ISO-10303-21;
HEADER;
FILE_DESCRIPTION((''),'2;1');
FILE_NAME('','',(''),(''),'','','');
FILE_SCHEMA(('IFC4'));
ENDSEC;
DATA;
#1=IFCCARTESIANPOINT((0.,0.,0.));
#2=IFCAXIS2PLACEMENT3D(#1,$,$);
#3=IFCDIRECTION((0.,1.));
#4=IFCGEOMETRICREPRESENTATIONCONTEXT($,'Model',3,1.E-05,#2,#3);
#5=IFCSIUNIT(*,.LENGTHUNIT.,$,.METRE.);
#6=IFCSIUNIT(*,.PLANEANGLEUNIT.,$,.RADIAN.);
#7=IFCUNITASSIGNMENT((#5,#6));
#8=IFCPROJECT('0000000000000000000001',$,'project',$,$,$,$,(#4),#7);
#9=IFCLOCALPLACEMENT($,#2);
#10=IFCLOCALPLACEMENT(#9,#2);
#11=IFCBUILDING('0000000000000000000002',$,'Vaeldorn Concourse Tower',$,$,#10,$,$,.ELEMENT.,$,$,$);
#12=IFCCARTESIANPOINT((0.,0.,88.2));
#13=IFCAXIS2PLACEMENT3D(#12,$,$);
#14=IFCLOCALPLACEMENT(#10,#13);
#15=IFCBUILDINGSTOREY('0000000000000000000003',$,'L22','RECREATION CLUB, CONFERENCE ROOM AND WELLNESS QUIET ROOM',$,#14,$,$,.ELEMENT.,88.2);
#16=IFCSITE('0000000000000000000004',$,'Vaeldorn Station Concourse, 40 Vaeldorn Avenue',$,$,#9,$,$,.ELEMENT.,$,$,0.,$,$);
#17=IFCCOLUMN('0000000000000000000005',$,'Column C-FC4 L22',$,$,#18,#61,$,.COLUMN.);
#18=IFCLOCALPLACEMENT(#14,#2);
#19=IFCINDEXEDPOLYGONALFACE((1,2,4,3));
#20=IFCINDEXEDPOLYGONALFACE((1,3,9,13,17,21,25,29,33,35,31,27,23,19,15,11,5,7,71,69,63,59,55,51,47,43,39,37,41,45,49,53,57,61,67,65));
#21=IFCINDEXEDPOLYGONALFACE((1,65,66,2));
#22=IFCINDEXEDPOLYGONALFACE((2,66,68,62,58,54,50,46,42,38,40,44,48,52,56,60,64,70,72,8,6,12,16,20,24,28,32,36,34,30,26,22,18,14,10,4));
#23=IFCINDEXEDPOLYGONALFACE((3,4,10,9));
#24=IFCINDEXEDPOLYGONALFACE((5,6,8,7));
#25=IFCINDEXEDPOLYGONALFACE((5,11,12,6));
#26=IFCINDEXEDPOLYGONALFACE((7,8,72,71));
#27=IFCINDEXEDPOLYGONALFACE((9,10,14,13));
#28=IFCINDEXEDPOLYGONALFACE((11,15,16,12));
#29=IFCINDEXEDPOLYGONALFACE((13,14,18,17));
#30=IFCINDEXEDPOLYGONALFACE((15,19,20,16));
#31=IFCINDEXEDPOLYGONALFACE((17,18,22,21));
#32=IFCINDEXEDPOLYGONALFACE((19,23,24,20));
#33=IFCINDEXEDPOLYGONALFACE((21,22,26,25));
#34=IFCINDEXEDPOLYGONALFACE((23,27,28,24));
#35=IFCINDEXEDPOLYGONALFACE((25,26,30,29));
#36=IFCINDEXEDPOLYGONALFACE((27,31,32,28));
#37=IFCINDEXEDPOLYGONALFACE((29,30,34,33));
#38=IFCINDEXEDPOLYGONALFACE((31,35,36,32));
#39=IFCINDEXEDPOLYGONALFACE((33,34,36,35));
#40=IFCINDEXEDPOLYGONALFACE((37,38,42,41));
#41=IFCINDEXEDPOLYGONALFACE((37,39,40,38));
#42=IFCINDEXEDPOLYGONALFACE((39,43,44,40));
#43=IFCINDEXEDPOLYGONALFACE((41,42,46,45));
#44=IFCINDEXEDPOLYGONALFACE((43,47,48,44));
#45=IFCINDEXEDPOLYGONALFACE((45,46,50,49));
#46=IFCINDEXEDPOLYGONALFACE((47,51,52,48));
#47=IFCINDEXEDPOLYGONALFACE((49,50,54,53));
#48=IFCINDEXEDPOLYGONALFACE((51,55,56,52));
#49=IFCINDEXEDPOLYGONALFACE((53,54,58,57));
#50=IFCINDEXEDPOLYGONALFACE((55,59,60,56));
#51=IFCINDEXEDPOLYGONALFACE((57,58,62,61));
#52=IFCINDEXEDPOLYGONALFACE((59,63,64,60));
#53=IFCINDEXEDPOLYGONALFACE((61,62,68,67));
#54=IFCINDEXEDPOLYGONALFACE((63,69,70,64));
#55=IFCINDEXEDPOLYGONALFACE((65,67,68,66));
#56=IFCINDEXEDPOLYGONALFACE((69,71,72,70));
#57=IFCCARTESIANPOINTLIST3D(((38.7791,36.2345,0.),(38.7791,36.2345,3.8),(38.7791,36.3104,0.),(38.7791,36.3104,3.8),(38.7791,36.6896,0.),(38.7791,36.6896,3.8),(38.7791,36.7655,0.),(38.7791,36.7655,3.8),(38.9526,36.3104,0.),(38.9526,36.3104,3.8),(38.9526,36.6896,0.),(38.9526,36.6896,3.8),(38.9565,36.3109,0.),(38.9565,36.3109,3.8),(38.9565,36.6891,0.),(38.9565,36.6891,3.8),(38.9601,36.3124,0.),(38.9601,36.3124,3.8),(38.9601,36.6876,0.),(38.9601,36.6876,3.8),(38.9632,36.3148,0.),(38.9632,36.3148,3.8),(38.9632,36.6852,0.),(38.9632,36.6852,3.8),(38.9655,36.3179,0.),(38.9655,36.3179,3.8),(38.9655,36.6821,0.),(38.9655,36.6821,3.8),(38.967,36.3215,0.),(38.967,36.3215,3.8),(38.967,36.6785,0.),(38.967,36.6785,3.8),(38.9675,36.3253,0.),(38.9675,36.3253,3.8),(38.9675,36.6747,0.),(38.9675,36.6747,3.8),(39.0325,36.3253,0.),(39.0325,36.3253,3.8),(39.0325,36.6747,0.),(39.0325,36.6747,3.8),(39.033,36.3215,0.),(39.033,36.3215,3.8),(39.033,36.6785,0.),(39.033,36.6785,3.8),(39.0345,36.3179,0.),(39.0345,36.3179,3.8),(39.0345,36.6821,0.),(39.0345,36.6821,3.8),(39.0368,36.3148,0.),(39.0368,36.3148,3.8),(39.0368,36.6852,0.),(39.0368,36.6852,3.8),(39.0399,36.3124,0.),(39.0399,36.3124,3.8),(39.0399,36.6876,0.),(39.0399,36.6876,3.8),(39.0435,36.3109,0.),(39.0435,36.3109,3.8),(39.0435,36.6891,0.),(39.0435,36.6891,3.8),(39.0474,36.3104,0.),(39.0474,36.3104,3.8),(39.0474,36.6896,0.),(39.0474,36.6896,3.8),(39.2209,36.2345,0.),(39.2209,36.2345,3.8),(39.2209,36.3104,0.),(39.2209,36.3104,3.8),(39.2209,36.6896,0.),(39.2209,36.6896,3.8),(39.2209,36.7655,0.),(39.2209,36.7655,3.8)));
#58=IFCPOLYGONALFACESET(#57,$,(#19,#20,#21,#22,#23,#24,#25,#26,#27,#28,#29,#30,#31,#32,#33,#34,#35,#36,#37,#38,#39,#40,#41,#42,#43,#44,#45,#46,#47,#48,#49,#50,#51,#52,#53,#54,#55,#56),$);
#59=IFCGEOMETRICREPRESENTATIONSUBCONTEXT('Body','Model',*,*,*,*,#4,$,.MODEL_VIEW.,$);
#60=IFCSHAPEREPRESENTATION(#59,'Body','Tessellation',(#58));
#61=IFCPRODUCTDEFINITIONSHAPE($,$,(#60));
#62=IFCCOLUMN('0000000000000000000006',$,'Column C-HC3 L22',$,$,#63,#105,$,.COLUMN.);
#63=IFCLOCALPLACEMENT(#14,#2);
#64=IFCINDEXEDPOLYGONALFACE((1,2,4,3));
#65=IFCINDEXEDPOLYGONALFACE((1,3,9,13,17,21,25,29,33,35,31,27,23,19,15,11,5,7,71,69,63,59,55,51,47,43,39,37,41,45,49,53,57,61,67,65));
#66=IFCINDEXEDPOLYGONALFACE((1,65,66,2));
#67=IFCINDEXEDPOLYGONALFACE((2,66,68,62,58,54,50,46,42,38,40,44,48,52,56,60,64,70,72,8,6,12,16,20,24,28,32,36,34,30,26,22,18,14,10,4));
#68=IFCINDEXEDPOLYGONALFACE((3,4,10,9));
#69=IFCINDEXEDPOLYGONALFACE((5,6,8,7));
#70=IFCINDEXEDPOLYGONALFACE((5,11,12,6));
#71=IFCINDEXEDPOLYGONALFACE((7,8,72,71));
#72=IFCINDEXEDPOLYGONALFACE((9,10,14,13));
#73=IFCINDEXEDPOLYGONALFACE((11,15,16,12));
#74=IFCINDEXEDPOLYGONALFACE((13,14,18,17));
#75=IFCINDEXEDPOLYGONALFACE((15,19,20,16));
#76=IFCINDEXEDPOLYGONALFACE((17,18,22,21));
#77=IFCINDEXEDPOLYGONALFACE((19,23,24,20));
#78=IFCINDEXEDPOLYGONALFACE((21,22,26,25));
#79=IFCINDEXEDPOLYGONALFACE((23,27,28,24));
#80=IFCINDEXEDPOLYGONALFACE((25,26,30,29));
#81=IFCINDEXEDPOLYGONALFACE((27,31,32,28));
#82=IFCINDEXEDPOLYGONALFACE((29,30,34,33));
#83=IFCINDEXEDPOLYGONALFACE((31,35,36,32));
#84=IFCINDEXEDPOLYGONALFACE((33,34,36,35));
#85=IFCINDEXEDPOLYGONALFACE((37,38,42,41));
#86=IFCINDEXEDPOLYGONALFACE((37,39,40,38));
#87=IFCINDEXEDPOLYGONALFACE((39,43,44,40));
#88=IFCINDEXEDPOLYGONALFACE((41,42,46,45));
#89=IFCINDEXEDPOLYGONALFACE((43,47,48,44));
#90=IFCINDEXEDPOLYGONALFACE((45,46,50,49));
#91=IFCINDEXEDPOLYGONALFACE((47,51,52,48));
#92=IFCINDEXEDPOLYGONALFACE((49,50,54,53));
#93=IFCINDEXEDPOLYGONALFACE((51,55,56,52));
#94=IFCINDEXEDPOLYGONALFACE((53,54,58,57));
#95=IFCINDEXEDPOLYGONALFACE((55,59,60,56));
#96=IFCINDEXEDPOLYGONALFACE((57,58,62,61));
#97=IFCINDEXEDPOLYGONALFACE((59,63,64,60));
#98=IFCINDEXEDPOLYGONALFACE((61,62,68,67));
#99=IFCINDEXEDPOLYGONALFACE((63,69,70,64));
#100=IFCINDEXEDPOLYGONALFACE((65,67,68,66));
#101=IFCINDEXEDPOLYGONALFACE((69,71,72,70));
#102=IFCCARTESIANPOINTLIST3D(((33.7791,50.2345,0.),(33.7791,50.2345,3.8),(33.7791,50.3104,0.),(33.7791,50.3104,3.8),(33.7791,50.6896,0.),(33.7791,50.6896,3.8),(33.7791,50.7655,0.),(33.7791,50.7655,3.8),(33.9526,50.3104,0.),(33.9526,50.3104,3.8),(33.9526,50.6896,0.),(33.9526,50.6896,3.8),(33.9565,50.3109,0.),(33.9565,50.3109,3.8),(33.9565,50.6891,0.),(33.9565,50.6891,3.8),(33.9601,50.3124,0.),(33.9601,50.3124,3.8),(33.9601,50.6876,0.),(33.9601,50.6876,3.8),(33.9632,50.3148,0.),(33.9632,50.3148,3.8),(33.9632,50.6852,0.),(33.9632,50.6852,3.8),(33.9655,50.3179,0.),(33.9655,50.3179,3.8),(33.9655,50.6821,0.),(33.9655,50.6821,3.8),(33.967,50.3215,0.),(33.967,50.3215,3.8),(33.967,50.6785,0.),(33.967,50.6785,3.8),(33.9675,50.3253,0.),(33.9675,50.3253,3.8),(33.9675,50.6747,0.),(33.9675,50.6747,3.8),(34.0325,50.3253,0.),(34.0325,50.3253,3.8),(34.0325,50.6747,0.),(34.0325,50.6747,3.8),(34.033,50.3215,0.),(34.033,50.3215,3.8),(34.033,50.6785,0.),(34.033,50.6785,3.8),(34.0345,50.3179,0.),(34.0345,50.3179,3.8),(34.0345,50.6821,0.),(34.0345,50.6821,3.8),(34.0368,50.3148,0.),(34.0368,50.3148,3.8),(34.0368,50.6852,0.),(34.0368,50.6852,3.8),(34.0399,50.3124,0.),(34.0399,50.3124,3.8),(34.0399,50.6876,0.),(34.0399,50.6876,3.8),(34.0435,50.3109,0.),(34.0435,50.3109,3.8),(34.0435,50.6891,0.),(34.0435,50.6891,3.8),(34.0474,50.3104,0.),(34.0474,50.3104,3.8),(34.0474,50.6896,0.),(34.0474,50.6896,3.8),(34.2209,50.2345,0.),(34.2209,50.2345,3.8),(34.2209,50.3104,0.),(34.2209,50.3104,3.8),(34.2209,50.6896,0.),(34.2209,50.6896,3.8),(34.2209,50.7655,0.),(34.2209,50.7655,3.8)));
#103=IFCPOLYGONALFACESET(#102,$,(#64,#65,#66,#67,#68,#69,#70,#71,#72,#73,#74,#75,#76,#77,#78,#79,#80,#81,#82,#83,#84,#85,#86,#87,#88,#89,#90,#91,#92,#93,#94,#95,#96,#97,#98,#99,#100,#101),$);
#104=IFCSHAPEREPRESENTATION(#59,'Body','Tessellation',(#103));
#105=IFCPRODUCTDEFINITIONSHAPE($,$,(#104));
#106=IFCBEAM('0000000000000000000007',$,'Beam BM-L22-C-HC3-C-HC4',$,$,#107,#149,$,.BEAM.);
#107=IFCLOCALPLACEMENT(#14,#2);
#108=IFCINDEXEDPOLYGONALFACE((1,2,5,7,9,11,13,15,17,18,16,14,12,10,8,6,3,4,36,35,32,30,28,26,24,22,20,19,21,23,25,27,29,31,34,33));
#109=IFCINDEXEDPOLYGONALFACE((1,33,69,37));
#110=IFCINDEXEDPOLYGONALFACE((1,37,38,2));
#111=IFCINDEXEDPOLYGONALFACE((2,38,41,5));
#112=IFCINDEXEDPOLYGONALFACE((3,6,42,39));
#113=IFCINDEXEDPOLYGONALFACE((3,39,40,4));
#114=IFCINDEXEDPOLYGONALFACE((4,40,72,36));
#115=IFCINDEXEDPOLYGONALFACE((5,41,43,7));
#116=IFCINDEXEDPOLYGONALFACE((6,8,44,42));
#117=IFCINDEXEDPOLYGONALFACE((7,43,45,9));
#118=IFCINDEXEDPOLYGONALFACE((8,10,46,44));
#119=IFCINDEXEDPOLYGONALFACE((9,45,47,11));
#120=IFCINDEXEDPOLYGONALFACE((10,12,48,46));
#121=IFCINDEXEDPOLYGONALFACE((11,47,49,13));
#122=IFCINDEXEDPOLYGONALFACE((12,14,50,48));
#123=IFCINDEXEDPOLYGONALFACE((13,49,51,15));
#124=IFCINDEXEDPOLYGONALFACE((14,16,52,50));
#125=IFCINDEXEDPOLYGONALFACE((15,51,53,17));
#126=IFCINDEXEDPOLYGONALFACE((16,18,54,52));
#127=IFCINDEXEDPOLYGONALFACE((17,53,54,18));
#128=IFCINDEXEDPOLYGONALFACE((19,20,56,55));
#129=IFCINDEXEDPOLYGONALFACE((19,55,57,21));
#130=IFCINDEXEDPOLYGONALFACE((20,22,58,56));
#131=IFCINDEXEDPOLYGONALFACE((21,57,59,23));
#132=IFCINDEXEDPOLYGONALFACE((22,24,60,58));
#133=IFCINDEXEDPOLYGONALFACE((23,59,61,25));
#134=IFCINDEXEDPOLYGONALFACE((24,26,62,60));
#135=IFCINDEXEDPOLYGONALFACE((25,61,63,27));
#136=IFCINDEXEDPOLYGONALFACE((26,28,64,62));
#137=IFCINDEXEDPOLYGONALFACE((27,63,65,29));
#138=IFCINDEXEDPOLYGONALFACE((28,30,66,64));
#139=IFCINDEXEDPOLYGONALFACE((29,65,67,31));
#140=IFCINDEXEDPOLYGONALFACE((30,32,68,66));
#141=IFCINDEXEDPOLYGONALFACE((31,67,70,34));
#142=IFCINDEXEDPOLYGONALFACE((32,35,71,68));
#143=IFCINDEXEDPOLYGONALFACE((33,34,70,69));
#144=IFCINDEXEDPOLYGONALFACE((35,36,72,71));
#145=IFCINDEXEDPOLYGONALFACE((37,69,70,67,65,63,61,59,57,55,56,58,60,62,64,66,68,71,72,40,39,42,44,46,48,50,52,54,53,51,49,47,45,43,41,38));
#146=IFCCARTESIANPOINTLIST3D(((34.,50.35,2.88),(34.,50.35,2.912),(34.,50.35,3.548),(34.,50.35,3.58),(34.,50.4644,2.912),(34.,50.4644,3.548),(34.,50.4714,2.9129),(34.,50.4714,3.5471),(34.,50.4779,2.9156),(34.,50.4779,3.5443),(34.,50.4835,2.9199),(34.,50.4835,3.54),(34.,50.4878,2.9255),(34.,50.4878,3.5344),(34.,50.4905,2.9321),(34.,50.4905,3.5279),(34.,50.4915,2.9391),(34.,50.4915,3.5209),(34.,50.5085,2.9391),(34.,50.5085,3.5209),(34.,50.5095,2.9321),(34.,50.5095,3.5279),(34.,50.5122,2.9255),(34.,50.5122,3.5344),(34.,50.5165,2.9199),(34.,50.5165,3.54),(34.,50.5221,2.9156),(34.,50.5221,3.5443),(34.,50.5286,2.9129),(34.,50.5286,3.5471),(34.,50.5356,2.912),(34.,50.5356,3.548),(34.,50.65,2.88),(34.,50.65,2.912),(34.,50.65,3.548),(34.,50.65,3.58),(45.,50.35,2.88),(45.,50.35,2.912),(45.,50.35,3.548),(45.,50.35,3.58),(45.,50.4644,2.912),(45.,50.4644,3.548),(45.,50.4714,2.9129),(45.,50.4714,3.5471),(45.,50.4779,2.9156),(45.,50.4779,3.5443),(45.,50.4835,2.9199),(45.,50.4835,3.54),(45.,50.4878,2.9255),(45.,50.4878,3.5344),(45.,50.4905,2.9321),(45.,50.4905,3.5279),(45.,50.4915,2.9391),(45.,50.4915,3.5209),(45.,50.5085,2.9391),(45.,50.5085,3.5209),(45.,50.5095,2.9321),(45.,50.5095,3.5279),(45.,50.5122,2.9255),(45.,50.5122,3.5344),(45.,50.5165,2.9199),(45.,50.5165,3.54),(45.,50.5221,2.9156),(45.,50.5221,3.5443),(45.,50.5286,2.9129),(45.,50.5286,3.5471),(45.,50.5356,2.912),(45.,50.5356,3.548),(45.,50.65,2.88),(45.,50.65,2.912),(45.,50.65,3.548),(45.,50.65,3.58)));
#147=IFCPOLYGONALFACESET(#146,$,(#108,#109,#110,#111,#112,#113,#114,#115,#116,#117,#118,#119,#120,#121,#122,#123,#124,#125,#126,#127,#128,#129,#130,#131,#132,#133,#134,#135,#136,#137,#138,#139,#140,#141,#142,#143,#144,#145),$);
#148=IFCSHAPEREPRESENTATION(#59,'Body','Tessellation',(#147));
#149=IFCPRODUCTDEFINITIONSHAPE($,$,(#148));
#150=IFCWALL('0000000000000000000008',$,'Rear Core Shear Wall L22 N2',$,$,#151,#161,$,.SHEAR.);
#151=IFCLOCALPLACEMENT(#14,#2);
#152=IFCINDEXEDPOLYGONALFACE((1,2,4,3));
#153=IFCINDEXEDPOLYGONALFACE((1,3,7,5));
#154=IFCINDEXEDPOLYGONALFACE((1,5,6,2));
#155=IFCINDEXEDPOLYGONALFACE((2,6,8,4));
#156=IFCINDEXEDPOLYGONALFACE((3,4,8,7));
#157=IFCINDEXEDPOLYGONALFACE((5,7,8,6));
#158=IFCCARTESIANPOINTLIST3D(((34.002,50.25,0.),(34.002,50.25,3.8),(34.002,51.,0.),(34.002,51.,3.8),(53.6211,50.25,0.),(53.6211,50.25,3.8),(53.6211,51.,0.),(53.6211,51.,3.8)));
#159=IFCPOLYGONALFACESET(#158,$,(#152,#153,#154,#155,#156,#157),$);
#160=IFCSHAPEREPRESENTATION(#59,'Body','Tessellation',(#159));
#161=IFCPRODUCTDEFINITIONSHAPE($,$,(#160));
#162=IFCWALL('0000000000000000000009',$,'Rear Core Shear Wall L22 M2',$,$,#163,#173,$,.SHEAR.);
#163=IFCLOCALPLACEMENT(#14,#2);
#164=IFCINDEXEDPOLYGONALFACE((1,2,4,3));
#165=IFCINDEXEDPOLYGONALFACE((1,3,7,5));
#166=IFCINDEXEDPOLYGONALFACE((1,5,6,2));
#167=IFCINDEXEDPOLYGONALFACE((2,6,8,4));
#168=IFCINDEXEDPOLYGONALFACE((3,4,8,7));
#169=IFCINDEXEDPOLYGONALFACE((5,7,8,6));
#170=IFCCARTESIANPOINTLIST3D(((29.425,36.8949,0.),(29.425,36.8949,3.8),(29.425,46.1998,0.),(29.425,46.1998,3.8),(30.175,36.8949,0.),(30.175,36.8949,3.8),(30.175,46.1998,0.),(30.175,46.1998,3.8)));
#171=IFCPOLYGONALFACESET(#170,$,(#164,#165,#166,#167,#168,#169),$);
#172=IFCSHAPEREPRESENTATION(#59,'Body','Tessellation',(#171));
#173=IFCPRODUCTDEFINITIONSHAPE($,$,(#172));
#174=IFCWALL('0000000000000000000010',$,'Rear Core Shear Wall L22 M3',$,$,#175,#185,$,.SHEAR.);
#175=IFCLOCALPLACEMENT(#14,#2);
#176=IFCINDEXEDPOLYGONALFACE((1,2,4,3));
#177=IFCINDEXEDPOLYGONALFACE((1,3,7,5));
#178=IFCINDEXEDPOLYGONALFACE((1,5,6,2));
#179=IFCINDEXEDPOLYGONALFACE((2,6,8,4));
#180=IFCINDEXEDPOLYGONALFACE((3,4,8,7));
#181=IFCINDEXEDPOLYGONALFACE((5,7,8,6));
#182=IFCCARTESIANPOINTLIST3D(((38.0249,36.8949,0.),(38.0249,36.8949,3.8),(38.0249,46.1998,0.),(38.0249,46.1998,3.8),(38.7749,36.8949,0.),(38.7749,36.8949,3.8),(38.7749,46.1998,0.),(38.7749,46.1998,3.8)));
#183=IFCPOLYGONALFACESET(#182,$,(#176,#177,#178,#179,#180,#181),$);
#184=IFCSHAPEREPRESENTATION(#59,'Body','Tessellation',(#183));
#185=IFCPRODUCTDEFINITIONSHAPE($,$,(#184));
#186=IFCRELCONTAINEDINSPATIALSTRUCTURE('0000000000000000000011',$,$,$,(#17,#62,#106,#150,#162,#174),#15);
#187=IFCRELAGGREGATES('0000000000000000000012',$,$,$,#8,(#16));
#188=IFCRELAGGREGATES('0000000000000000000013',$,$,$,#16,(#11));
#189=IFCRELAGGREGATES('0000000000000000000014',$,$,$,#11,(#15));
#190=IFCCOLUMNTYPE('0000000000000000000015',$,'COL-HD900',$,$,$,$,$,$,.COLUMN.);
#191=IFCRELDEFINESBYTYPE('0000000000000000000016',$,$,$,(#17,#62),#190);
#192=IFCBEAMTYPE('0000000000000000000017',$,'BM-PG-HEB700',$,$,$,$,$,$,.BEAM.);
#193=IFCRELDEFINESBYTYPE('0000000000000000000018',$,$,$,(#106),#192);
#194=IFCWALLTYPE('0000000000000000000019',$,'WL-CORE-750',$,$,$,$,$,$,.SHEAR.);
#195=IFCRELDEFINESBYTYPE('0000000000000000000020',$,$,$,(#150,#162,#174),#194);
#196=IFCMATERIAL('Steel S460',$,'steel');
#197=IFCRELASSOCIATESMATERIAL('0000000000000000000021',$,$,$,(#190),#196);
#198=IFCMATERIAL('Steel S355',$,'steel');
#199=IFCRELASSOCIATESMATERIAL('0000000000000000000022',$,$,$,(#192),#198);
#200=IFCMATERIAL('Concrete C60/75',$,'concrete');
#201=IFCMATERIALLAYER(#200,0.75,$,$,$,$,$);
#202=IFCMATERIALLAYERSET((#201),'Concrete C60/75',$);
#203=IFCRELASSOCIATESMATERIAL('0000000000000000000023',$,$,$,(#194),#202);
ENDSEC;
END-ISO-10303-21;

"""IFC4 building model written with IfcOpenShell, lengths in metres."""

from ifc_helpers import new_model, si_unit, direction, frame, frame_2d, origin, origin_2d, place, context, subcontext, project, spatial, rectangle, i_section, extrude, source, transform, mapped, material, layer, layer_set, material_profile, profile_set, type_object, element, save


model = new_model("IFC4")

# Units and contexts
model_context = context("Model", 3, precision=1e-05, world=origin(), true_north=direction((0.0, 1.0)))
body_context = subcontext(model_context, "Body", "Model", "MODEL_VIEW")
ifc_project = project(units=[si_unit("LENGTHUNIT", "METRE"), si_unit("PLANEANGLEUNIT", "RADIAN")], contexts=[model_context])

# Site, building, storey
site_placement = place(None, origin())
site = spatial("IfcSite", under=ifc_project, at=site_placement, Name="Vaeldorn Station Concourse, 40 Vaeldorn Avenue", CompositionType="ELEMENT", RefElevation=0.0)
building_placement = place(site_placement, origin())
building = spatial("IfcBuilding", under=site, at=building_placement, Name="Vaeldorn Concourse Tower", CompositionType="ELEMENT")
storey_placement = place(building_placement, frame((0.0, 0.0, 88.2)))
storey = spatial("IfcBuildingStorey", under=building, at=storey_placement, Name="L22", Description="RECREATION CLUB, CONFERENCE ROOM AND WELLNESS QUIET ROOM", CompositionType="ELEMENT", Elevation=88.2)

# Columns
ifc_material_1 = material(Name="Steel S460", Category="steel")
ifc_material_profile_1 = material_profile(ifc_material_1, i_section(OverallWidth=0.4419, OverallDepth=0.531, WebThickness=0.0649, FlangeThickness=0.0759, FilletRadius=0.0149, at=origin_2d()), Name="HD 400x900")
ifc_profile_set_1 = profile_set([ifc_material_profile_1], Name="Steel S460")
column_type = type_object("IfcColumnType", Name="COL-HD900", PredefinedType="COLUMN", material=ifc_profile_set_1)
shared_shape_1 = source(origin(), body_context, "Body", "SweptSolid", [
    extrude(i_section(OverallWidth=0.4419, OverallDepth=0.531, WebThickness=0.0649, FlangeThickness=0.0759, FilletRadius=0.0149, at=origin_2d()), origin(), (0.0, 0.0, 1.0), 3.8),
])
for number, where, z_axis, x_axis, name in (
    (1, (39.0, 36.5, 0.0), (0.0, 0.0, 1.0), (1.0, 0.0, 0.0), "Column C-FC4 L22"),
    (2, (34.0, 50.5, 0.0), (0.0, 0.0, 1.0), (1.0, 0.0, 0.0), "Column C-HC3 L22"),
):
    element("IfcColumn", number, at=place(storey_placement, frame(where, z_axis=z_axis, x_axis=x_axis)), inside=storey, type_object=column_type, Name=name, PredefinedType="COLUMN", context=body_context, shape_type="MappedRepresentation", body=[
        mapped(shared_shape_1, transform((0.0, 0.0, 0.0), scale=1.0)),
    ])

# Beam
ifc_material_2 = material(Name="Steel S355", Category="steel")
ifc_material_profile_2 = material_profile(ifc_material_2, i_section(OverallWidth=0.3, OverallDepth=0.7, WebThickness=0.0171, FlangeThickness=0.032, FilletRadius=0.0271, at=origin_2d()), Name="HEB 700")
ifc_profile_set_2 = profile_set([ifc_material_profile_2], Name="Steel S355")
beam_type = type_object("IfcBeamType", Name="BM-PG-HEB700", PredefinedType="BEAM", material=ifc_profile_set_2)
shared_shape_2 = source(origin(), body_context, "Body", "SweptSolid", [
    extrude(i_section(OverallWidth=0.3, OverallDepth=0.7, WebThickness=0.0171, FlangeThickness=0.032, FilletRadius=0.0271, at=origin_2d()), origin(), (0.0, 0.0, 1.0), 11.0),
])
beam_placement = place(storey_placement, frame((34.0, 50.5, 3.23), z_axis=(1.0, 0.0, 0.0), x_axis=(0.0, 1.0, 0.0)))
element("IfcBeam", 3, at=beam_placement, inside=storey, type_object=beam_type, Name="Beam BM-L22-C-HC3-C-HC4", PredefinedType="BEAM", context=body_context, shape_type="MappedRepresentation", body=[
    mapped(shared_shape_2, transform((0.0, 0.0, 0.0), scale=1.0)),
])

# Walls
ifc_material_3 = material(Name="Concrete C60/75", Category="concrete")
ifc_layer_1 = layer(ifc_material_3, 0.75)
ifc_layer_set_1 = layer_set([ifc_layer_1], Name="Concrete C60/75")
wall_type_1 = type_object("IfcWallType", Name="WL-CORE-750", PredefinedType="SHEAR", material=ifc_layer_set_1)
wall_1_placement = place(storey_placement, frame((34.002, 50.625, 0.0), z_axis=(0.0, 0.0, 1.0), x_axis=(1.0, 0.0, 0.0)))
element("IfcWall", 4, at=wall_1_placement, inside=storey, type_object=wall_type_1, Name="Rear Core Shear Wall L22 N2", PredefinedType="SHEAR", context=body_context, shape_type="SweptSolid", body=[
    extrude(rectangle(XDim=19.6191, YDim=0.75, at=frame_2d((9.8096, 0.0))), origin(), (0.0, 0.0, 1.0), 3.8),
])
for number, where, z_axis, x_axis, name in (
    (5, (29.8, 36.895, 0.0), (0.0, 0.0, 1.0), (0.0, 1.0, 0.0), "Rear Core Shear Wall L22 M2"),
    (6, (38.3999, 36.895, 0.0), (0.0, 0.0, 1.0), (0.0, 1.0, 0.0), "Rear Core Shear Wall L22 M3"),
):
    element("IfcWall", number, at=place(storey_placement, frame(where, z_axis=z_axis, x_axis=x_axis)), inside=storey, type_object=wall_type_1, Name=name, PredefinedType="SHEAR", context=body_context, shape_type="SweptSolid", body=[
        extrude(rectangle(XDim=9.3049, YDim=0.75, at=frame_2d((4.6523, 0.0))), origin(), (0.0, 0.0, 1.0), 3.8),
    ])

save(model, "model.ifc")
